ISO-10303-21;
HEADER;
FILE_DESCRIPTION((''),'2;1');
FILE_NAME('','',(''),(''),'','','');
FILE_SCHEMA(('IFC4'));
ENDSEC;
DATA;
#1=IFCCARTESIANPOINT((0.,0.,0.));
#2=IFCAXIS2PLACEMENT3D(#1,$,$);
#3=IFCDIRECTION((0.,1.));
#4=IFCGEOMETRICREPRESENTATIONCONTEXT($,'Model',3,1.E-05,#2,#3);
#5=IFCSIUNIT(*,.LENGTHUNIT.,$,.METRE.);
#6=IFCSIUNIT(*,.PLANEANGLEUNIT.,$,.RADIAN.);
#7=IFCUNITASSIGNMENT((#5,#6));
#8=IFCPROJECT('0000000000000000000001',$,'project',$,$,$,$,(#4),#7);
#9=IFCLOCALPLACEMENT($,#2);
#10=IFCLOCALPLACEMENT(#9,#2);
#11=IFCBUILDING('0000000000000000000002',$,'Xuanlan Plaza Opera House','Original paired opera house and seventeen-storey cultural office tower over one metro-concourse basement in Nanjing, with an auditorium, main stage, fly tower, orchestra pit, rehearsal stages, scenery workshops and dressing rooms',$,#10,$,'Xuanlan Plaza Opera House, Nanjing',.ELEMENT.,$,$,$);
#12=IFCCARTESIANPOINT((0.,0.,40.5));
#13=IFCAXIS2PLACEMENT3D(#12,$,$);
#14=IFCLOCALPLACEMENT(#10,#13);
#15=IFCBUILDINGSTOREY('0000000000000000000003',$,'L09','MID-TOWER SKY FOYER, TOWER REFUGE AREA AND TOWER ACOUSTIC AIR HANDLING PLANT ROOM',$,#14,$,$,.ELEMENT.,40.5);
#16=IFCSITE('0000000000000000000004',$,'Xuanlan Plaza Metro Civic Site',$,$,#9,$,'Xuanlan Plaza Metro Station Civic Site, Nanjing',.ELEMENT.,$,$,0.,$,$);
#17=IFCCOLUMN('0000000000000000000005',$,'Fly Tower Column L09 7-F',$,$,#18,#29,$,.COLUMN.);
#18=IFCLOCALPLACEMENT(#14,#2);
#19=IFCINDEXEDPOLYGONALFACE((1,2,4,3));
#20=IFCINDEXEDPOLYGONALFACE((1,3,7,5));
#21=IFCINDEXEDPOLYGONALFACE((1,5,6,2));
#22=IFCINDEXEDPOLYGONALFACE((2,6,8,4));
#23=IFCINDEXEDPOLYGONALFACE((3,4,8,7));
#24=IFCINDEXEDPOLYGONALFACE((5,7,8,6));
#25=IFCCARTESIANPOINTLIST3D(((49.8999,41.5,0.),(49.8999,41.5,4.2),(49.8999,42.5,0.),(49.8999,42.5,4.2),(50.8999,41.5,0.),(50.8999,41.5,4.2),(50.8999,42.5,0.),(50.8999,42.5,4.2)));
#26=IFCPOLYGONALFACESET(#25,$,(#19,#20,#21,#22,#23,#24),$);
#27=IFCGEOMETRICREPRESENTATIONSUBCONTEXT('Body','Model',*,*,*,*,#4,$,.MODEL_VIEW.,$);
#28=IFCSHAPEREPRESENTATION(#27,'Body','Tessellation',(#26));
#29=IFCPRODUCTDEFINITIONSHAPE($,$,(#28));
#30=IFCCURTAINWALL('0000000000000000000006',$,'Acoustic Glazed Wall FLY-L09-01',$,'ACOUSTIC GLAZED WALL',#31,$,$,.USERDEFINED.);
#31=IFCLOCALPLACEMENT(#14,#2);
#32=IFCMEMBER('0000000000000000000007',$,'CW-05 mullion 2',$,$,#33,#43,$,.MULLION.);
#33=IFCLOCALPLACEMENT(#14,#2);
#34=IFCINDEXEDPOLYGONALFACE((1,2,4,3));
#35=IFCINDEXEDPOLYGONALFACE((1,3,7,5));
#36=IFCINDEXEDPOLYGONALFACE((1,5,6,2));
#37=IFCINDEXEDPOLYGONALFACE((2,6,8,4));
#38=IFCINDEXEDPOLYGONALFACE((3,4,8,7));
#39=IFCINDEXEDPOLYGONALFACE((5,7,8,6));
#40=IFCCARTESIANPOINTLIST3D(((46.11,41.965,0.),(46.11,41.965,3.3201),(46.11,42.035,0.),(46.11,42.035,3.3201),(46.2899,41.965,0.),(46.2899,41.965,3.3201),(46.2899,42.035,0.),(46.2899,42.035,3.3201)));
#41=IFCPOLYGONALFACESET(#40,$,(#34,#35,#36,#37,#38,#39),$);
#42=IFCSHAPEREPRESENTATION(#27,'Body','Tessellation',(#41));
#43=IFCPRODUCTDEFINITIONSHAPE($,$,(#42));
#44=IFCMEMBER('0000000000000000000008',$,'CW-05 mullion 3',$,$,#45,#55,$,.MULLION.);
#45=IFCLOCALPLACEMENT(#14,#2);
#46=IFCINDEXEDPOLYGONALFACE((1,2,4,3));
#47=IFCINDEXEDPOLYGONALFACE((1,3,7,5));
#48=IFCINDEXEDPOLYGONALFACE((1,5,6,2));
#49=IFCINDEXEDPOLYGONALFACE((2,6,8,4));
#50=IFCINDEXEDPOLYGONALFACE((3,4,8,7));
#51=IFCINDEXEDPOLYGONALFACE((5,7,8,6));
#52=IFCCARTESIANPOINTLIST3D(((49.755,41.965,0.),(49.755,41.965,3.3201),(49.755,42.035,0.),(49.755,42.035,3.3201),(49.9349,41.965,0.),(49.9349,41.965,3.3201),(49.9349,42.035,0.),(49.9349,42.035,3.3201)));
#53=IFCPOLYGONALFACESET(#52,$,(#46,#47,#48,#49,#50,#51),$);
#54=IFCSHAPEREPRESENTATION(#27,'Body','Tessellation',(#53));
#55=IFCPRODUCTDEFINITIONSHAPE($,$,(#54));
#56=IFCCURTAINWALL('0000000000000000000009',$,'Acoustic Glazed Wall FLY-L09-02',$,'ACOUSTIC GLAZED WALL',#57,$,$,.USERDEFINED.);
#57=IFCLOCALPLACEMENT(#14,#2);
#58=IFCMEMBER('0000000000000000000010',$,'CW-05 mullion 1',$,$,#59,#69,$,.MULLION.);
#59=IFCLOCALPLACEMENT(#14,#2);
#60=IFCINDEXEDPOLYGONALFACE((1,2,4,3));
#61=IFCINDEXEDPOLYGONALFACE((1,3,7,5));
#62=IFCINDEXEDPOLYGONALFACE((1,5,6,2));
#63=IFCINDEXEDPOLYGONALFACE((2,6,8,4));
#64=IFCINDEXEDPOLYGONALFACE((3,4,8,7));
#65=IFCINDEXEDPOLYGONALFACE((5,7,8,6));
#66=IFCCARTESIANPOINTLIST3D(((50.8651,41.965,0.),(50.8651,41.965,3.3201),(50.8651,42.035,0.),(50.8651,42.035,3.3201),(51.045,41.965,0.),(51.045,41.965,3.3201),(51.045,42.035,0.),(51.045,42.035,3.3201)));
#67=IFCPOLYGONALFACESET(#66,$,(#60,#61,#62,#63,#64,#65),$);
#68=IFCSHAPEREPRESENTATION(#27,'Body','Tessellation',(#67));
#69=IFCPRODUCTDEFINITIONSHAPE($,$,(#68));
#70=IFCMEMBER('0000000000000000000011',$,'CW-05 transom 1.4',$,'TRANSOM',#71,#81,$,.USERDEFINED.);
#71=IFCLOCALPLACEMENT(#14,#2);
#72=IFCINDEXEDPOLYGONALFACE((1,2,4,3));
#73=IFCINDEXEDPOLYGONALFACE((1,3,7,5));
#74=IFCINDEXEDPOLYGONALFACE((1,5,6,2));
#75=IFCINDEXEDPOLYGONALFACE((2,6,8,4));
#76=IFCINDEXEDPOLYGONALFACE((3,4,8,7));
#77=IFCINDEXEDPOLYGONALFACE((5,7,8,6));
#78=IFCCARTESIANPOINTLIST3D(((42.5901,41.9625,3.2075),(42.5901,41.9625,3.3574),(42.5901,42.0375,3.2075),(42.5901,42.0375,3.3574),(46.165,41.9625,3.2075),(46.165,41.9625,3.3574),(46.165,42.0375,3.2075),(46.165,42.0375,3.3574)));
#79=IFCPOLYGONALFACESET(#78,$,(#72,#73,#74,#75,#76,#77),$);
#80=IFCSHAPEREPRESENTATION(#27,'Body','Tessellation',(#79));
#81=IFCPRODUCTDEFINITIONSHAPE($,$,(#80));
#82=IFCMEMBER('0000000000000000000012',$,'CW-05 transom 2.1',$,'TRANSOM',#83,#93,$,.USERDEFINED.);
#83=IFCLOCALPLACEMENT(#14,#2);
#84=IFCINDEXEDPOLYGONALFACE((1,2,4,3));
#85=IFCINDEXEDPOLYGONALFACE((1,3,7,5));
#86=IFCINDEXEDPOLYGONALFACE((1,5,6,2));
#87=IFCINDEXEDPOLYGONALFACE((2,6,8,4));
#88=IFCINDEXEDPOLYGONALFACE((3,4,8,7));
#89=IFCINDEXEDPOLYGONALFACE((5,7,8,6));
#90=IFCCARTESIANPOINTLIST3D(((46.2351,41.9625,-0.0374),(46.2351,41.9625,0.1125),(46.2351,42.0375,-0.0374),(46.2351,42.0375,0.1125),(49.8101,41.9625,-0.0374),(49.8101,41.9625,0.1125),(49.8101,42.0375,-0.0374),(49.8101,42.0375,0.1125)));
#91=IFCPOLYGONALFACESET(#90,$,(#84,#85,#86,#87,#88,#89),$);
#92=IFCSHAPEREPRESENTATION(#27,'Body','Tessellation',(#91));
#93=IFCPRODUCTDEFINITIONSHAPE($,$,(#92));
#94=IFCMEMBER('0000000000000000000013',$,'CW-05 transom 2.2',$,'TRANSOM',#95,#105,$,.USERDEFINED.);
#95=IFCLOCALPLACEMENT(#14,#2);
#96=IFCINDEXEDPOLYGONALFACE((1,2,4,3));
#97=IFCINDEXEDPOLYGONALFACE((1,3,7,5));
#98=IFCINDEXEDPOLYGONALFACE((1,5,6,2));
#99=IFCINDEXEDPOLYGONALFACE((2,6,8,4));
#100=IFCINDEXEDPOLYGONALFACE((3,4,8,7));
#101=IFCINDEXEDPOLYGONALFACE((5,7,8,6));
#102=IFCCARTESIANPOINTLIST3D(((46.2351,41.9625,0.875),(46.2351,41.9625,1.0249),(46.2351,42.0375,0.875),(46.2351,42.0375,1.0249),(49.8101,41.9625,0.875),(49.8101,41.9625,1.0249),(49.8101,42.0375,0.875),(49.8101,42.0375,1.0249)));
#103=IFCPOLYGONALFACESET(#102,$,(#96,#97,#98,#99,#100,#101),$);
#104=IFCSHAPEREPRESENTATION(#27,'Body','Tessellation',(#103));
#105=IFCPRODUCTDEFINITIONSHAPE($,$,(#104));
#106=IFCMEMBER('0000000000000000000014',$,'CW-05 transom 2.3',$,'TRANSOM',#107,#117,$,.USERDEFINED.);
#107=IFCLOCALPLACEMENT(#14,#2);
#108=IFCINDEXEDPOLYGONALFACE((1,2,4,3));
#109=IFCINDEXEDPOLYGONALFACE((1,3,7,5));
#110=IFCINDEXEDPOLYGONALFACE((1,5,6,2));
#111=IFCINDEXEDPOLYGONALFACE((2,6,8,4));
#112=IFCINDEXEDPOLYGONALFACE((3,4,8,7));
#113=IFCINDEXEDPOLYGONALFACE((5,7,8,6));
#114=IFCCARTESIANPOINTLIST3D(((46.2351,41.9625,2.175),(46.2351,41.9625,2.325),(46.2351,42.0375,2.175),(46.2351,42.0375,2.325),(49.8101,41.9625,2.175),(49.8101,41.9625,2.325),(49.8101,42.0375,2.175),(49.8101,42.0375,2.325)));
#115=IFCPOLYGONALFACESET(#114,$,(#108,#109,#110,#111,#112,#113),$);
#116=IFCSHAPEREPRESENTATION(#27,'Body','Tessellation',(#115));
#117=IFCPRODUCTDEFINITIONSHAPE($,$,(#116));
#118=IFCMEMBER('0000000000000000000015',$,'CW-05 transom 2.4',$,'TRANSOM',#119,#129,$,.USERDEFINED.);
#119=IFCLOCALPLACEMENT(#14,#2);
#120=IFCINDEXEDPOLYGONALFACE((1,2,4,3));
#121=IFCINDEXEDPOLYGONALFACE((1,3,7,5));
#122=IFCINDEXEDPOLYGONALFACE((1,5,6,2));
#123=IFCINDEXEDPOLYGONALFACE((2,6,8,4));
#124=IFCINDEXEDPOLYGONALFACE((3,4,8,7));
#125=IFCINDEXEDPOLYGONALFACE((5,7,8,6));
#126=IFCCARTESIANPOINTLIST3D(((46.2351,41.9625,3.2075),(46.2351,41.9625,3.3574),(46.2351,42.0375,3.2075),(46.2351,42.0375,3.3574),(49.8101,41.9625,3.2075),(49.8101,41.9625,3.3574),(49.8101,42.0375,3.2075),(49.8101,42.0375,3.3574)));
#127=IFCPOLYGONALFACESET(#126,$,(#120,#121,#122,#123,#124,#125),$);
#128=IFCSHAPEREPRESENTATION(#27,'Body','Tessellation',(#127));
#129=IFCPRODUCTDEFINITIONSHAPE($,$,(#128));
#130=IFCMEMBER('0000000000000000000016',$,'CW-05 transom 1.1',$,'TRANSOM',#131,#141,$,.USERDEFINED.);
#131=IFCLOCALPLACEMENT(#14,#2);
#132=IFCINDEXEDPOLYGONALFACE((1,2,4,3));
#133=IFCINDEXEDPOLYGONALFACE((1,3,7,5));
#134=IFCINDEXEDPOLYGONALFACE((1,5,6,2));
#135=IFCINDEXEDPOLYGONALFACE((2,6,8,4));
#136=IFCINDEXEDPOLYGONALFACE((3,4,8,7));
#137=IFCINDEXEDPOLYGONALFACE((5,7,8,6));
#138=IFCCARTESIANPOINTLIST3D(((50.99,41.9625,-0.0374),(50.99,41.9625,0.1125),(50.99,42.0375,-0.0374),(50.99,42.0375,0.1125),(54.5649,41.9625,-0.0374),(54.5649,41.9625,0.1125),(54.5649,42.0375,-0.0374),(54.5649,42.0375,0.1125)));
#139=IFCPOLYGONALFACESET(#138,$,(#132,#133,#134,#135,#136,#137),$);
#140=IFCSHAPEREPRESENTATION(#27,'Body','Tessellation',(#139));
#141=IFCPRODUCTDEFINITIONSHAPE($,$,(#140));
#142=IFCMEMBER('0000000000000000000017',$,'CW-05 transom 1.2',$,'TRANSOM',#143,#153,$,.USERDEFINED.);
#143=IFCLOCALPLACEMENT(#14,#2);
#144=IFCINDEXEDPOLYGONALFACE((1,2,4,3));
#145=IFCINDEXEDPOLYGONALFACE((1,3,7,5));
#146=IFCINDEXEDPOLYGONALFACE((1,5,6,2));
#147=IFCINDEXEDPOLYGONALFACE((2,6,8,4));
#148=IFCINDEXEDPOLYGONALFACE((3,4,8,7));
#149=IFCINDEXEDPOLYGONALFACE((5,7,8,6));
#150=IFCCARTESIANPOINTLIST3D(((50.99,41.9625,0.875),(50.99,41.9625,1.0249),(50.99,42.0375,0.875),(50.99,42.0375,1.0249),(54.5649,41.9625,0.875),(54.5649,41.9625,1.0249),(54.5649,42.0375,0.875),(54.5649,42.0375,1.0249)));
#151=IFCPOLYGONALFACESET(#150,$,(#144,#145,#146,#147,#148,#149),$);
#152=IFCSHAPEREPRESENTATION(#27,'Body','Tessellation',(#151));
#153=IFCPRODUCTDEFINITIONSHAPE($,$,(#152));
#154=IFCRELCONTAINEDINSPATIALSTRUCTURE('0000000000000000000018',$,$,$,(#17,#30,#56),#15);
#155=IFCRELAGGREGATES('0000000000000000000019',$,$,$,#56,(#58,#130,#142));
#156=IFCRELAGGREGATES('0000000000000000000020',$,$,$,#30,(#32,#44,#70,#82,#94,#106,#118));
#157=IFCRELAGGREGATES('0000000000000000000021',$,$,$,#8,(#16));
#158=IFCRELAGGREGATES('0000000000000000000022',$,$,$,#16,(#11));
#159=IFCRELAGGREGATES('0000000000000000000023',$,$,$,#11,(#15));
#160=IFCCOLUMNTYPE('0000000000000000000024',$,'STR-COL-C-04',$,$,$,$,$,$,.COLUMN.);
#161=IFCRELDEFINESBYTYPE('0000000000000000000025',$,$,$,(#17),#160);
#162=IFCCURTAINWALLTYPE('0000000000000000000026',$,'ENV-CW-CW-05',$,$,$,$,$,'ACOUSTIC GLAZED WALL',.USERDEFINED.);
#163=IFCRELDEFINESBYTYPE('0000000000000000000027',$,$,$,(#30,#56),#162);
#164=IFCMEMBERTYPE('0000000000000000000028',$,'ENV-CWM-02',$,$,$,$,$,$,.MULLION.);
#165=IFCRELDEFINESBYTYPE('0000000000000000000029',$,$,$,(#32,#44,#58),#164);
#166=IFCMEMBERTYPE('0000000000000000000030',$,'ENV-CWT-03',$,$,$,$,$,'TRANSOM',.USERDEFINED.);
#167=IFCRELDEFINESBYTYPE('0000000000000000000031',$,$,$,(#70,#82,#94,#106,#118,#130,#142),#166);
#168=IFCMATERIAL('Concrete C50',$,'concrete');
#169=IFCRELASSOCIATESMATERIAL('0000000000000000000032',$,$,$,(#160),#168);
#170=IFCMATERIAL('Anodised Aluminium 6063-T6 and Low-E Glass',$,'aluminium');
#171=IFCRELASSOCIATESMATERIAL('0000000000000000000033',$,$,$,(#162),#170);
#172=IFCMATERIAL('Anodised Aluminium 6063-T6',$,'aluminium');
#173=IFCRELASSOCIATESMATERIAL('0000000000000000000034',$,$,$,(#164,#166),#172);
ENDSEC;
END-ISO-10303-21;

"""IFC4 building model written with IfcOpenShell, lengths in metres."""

from ifc_helpers import new_model, si_unit, direction, frame, origin, origin_2d, place, context, subcontext, project, spatial, rectangle, extrude, material, material_profile, profile_set, type_object, element, aggregate, save


model = new_model("IFC4")

# Units and contexts
model_context = context("Model", 3, precision=1e-05, world=origin(), true_north=direction((0.0, 1.0)))
body_context = subcontext(model_context, "Body", "Model", "MODEL_VIEW")
ifc_project = project(units=[si_unit("LENGTHUNIT", "METRE"), si_unit("PLANEANGLEUNIT", "RADIAN")], contexts=[model_context])

# Site, building, storey
site_placement = place(None, origin())
site = spatial("IfcSite", under=ifc_project, at=site_placement, Name="Xuanlan Plaza Metro Civic Site", LongName="Xuanlan Plaza Metro Station Civic Site, Nanjing", CompositionType="ELEMENT", RefElevation=0.0)
building_placement = place(site_placement, origin())
building = spatial("IfcBuilding", under=site, at=building_placement, Name="Xuanlan Plaza Opera House", Description="Original paired opera house and seventeen-storey cultural office tower over one metro-concourse basement in Nanjing, with an auditorium, main stage, fly tower, orchestra pit, rehearsal stages, scenery workshops and dressing rooms", LongName="Xuanlan Plaza Opera House, Nanjing", CompositionType="ELEMENT")
storey_placement = place(building_placement, frame((0.0, 0.0, 40.5)))
storey = spatial("IfcBuildingStorey", under=building, at=storey_placement, Name="L09", Description="MID-TOWER SKY FOYER, TOWER REFUGE AREA AND TOWER ACOUSTIC AIR HANDLING PLANT ROOM", CompositionType="ELEMENT", Elevation=40.5)

# Column
ifc_material_1 = material(Name="Concrete C50", Category="concrete")
ifc_material_profile_1 = material_profile(ifc_material_1, rectangle(XDim=1.0, YDim=1.0, at=origin_2d()), Name="RC-COL 1000x1000")
ifc_profile_set_1 = profile_set([ifc_material_profile_1], Name="Concrete C50")
column_type = type_object("IfcColumnType", Name="STR-COL-C-04", PredefinedType="COLUMN", material=ifc_profile_set_1)
column_placement = place(storey_placement, frame((50.3999, 42.0, 0.0), z_axis=(0.0, 0.0, 1.0), x_axis=(1.0, 0.0, 0.0)))
element("IfcColumn", 1, at=column_placement, inside=storey, type_object=column_type, Name="Fly Tower Column L09 7-F", PredefinedType="COLUMN", context=body_context, shape_type="SweptSolid", body=[
    extrude(rectangle(XDim=1.0, YDim=1.0, at=origin_2d()), origin(), (0.0, 0.0, 1.0), 4.2),
])

# Curtain wall, members
ifc_material_2 = material(Name="Anodised Aluminium 6063-T6 and Low-E Glass", Category="aluminium")
curtain_wall_type = type_object("IfcCurtainWallType", Name="ENV-CW-CW-05", ElementType="ACOUSTIC GLAZED WALL", PredefinedType="USERDEFINED", material=ifc_material_2)
curtain_wall_1_placement = place(storey_placement, origin())
curtain_wall_1 = element("IfcCurtainWall", 2, at=curtain_wall_1_placement, inside=storey, type_object=curtain_wall_type, Name="Acoustic Glazed Wall FLY-L09-01", ObjectType="ACOUSTIC GLAZED WALL", PredefinedType="USERDEFINED")
ifc_material_3 = material(Name="Anodised Aluminium 6063-T6", Category="aluminium")
ifc_material_profile_2 = material_profile(ifc_material_3, rectangle(XDim=0.0701, YDim=0.1799, at=origin_2d()), Name="ALU-M 70x180")
ifc_profile_set_2 = profile_set([ifc_material_profile_2], Name="Anodised Aluminium 6063-T6")
member_type_1 = type_object("IfcMemberType", Name="ENV-CWM-02", PredefinedType="MULLION", material=ifc_profile_set_2)
member_1_placement = place(storey_placement, frame((46.2, 42.0, 0.0), z_axis=(0.0, 0.0, 1.0), x_axis=(0.0, 1.0, 0.0)))
member_1 = element("IfcMember", 3, at=member_1_placement, type_object=member_type_1, Name="CW-05 mullion 2", PredefinedType="MULLION", context=body_context, shape_type="SweptSolid", body=[
    extrude(rectangle(XDim=0.0701, YDim=0.1799, at=origin_2d()), origin(), (0.0, 0.0, 1.0), 3.3201),
])
member_2_placement = place(storey_placement, frame((49.845, 42.0, 0.0), z_axis=(0.0, 0.0, 1.0), x_axis=(0.0, 1.0, 0.0)))
member_2 = element("IfcMember", 4, at=member_2_placement, type_object=member_type_1, Name="CW-05 mullion 3", PredefinedType="MULLION", context=body_context, shape_type="SweptSolid", body=[
    extrude(rectangle(XDim=0.0701, YDim=0.1799, at=origin_2d()), origin(), (0.0, 0.0, 1.0), 3.3201),
])

# Curtain wall, member
curtain_wall_2_placement = place(storey_placement, origin())
curtain_wall_2 = element("IfcCurtainWall", 5, at=curtain_wall_2_placement, inside=storey, type_object=curtain_wall_type, Name="Acoustic Glazed Wall FLY-L09-02", ObjectType="ACOUSTIC GLAZED WALL", PredefinedType="USERDEFINED")
member_3_placement = place(storey_placement, frame((50.9551, 42.0, 0.0), z_axis=(0.0, 0.0, 1.0), x_axis=(0.0, 1.0, 0.0)))
member_3 = element("IfcMember", 6, at=member_3_placement, type_object=member_type_1, Name="CW-05 mullion 1", PredefinedType="MULLION", context=body_context, shape_type="SweptSolid", body=[
    extrude(rectangle(XDim=0.0701, YDim=0.1799, at=origin_2d()), origin(), (0.0, 0.0, 1.0), 3.3201),
])

# Members
ifc_material_profile_3 = material_profile(ifc_material_3, rectangle(XDim=0.075, YDim=0.1499, at=origin_2d()), Name="ALU-T 75x150")
ifc_profile_set_3 = profile_set([ifc_material_profile_3], Name="Anodised Aluminium 6063-T6")
member_type_2 = type_object("IfcMemberType", Name="ENV-CWT-03", ElementType="TRANSOM", PredefinedType="USERDEFINED", material=ifc_profile_set_3)
member_4_placement = place(storey_placement, frame((42.5901, 42.0, 3.2825), z_axis=(1.0, 0.0, 0.0), x_axis=(0.0, 1.0, 0.0)))
member_4 = element("IfcMember", 7, at=member_4_placement, type_object=member_type_2, Name="CW-05 transom 1.4", ObjectType="TRANSOM", PredefinedType="USERDEFINED", context=body_context, shape_type="SweptSolid", body=[
    extrude(rectangle(XDim=0.075, YDim=0.1499, at=origin_2d()), origin(), (0.0, 0.0, 1.0), 3.575),
])
member_5_placement = place(storey_placement, frame((46.2351, 42.0, 0.0376), z_axis=(1.0, 0.0, 0.0), x_axis=(0.0, 1.0, 0.0)))
member_5 = element("IfcMember", 8, at=member_5_placement, type_object=member_type_2, Name="CW-05 transom 2.1", ObjectType="TRANSOM", PredefinedType="USERDEFINED", context=body_context, shape_type="SweptSolid", body=[
    extrude(rectangle(XDim=0.075, YDim=0.1499, at=origin_2d()), origin(), (0.0, 0.0, 1.0), 3.575),
])
member_6_placement = place(storey_placement, frame((46.2351, 42.0, 0.95), z_axis=(1.0, 0.0, 0.0), x_axis=(0.0, 1.0, 0.0)))
member_6 = element("IfcMember", 9, at=member_6_placement, type_object=member_type_2, Name="CW-05 transom 2.2", ObjectType="TRANSOM", PredefinedType="USERDEFINED", context=body_context, shape_type="SweptSolid", body=[
    extrude(rectangle(XDim=0.075, YDim=0.1499, at=origin_2d()), origin(), (0.0, 0.0, 1.0), 3.575),
])
member_7_placement = place(storey_placement, frame((46.2351, 42.0, 2.25), z_axis=(1.0, 0.0, 0.0), x_axis=(0.0, 1.0, 0.0)))
member_7 = element("IfcMember", 10, at=member_7_placement, type_object=member_type_2, Name="CW-05 transom 2.3", ObjectType="TRANSOM", PredefinedType="USERDEFINED", context=body_context, shape_type="SweptSolid", body=[
    extrude(rectangle(XDim=0.075, YDim=0.1499, at=origin_2d()), origin(), (0.0, 0.0, 1.0), 3.575),
])
member_8_placement = place(storey_placement, frame((46.2351, 42.0, 3.2825), z_axis=(1.0, 0.0, 0.0), x_axis=(0.0, 1.0, 0.0)))
member_8 = element("IfcMember", 11, at=member_8_placement, type_object=member_type_2, Name="CW-05 transom 2.4", ObjectType="TRANSOM", PredefinedType="USERDEFINED", context=body_context, shape_type="SweptSolid", body=[
    extrude(rectangle(XDim=0.075, YDim=0.1499, at=origin_2d()), origin(), (0.0, 0.0, 1.0), 3.575),
])
member_9_placement = place(storey_placement, frame((50.99, 42.0, 0.0376), z_axis=(1.0, 0.0, 0.0), x_axis=(0.0, 1.0, 0.0)))
member_9 = element("IfcMember", 12, at=member_9_placement, type_object=member_type_2, Name="CW-05 transom 1.1", ObjectType="TRANSOM", PredefinedType="USERDEFINED", context=body_context, shape_type="SweptSolid", body=[
    extrude(rectangle(XDim=0.075, YDim=0.1499, at=origin_2d()), origin(), (0.0, 0.0, 1.0), 3.575),
])
member_10_placement = place(storey_placement, frame((50.99, 42.0, 0.95), z_axis=(1.0, 0.0, 0.0), x_axis=(0.0, 1.0, 0.0)))
member_10 = element("IfcMember", 13, at=member_10_placement, type_object=member_type_2, Name="CW-05 transom 1.2", ObjectType="TRANSOM", PredefinedType="USERDEFINED", context=body_context, shape_type="SweptSolid", body=[
    extrude(rectangle(XDim=0.075, YDim=0.1499, at=origin_2d()), origin(), (0.0, 0.0, 1.0), 3.575),
])
aggregate(curtain_wall_2, [member_3, member_9, member_10])

aggregate(curtain_wall_1, [member_1, member_2, member_4, member_5, member_6, member_7, member_8])

save(model, "model.ifc")
